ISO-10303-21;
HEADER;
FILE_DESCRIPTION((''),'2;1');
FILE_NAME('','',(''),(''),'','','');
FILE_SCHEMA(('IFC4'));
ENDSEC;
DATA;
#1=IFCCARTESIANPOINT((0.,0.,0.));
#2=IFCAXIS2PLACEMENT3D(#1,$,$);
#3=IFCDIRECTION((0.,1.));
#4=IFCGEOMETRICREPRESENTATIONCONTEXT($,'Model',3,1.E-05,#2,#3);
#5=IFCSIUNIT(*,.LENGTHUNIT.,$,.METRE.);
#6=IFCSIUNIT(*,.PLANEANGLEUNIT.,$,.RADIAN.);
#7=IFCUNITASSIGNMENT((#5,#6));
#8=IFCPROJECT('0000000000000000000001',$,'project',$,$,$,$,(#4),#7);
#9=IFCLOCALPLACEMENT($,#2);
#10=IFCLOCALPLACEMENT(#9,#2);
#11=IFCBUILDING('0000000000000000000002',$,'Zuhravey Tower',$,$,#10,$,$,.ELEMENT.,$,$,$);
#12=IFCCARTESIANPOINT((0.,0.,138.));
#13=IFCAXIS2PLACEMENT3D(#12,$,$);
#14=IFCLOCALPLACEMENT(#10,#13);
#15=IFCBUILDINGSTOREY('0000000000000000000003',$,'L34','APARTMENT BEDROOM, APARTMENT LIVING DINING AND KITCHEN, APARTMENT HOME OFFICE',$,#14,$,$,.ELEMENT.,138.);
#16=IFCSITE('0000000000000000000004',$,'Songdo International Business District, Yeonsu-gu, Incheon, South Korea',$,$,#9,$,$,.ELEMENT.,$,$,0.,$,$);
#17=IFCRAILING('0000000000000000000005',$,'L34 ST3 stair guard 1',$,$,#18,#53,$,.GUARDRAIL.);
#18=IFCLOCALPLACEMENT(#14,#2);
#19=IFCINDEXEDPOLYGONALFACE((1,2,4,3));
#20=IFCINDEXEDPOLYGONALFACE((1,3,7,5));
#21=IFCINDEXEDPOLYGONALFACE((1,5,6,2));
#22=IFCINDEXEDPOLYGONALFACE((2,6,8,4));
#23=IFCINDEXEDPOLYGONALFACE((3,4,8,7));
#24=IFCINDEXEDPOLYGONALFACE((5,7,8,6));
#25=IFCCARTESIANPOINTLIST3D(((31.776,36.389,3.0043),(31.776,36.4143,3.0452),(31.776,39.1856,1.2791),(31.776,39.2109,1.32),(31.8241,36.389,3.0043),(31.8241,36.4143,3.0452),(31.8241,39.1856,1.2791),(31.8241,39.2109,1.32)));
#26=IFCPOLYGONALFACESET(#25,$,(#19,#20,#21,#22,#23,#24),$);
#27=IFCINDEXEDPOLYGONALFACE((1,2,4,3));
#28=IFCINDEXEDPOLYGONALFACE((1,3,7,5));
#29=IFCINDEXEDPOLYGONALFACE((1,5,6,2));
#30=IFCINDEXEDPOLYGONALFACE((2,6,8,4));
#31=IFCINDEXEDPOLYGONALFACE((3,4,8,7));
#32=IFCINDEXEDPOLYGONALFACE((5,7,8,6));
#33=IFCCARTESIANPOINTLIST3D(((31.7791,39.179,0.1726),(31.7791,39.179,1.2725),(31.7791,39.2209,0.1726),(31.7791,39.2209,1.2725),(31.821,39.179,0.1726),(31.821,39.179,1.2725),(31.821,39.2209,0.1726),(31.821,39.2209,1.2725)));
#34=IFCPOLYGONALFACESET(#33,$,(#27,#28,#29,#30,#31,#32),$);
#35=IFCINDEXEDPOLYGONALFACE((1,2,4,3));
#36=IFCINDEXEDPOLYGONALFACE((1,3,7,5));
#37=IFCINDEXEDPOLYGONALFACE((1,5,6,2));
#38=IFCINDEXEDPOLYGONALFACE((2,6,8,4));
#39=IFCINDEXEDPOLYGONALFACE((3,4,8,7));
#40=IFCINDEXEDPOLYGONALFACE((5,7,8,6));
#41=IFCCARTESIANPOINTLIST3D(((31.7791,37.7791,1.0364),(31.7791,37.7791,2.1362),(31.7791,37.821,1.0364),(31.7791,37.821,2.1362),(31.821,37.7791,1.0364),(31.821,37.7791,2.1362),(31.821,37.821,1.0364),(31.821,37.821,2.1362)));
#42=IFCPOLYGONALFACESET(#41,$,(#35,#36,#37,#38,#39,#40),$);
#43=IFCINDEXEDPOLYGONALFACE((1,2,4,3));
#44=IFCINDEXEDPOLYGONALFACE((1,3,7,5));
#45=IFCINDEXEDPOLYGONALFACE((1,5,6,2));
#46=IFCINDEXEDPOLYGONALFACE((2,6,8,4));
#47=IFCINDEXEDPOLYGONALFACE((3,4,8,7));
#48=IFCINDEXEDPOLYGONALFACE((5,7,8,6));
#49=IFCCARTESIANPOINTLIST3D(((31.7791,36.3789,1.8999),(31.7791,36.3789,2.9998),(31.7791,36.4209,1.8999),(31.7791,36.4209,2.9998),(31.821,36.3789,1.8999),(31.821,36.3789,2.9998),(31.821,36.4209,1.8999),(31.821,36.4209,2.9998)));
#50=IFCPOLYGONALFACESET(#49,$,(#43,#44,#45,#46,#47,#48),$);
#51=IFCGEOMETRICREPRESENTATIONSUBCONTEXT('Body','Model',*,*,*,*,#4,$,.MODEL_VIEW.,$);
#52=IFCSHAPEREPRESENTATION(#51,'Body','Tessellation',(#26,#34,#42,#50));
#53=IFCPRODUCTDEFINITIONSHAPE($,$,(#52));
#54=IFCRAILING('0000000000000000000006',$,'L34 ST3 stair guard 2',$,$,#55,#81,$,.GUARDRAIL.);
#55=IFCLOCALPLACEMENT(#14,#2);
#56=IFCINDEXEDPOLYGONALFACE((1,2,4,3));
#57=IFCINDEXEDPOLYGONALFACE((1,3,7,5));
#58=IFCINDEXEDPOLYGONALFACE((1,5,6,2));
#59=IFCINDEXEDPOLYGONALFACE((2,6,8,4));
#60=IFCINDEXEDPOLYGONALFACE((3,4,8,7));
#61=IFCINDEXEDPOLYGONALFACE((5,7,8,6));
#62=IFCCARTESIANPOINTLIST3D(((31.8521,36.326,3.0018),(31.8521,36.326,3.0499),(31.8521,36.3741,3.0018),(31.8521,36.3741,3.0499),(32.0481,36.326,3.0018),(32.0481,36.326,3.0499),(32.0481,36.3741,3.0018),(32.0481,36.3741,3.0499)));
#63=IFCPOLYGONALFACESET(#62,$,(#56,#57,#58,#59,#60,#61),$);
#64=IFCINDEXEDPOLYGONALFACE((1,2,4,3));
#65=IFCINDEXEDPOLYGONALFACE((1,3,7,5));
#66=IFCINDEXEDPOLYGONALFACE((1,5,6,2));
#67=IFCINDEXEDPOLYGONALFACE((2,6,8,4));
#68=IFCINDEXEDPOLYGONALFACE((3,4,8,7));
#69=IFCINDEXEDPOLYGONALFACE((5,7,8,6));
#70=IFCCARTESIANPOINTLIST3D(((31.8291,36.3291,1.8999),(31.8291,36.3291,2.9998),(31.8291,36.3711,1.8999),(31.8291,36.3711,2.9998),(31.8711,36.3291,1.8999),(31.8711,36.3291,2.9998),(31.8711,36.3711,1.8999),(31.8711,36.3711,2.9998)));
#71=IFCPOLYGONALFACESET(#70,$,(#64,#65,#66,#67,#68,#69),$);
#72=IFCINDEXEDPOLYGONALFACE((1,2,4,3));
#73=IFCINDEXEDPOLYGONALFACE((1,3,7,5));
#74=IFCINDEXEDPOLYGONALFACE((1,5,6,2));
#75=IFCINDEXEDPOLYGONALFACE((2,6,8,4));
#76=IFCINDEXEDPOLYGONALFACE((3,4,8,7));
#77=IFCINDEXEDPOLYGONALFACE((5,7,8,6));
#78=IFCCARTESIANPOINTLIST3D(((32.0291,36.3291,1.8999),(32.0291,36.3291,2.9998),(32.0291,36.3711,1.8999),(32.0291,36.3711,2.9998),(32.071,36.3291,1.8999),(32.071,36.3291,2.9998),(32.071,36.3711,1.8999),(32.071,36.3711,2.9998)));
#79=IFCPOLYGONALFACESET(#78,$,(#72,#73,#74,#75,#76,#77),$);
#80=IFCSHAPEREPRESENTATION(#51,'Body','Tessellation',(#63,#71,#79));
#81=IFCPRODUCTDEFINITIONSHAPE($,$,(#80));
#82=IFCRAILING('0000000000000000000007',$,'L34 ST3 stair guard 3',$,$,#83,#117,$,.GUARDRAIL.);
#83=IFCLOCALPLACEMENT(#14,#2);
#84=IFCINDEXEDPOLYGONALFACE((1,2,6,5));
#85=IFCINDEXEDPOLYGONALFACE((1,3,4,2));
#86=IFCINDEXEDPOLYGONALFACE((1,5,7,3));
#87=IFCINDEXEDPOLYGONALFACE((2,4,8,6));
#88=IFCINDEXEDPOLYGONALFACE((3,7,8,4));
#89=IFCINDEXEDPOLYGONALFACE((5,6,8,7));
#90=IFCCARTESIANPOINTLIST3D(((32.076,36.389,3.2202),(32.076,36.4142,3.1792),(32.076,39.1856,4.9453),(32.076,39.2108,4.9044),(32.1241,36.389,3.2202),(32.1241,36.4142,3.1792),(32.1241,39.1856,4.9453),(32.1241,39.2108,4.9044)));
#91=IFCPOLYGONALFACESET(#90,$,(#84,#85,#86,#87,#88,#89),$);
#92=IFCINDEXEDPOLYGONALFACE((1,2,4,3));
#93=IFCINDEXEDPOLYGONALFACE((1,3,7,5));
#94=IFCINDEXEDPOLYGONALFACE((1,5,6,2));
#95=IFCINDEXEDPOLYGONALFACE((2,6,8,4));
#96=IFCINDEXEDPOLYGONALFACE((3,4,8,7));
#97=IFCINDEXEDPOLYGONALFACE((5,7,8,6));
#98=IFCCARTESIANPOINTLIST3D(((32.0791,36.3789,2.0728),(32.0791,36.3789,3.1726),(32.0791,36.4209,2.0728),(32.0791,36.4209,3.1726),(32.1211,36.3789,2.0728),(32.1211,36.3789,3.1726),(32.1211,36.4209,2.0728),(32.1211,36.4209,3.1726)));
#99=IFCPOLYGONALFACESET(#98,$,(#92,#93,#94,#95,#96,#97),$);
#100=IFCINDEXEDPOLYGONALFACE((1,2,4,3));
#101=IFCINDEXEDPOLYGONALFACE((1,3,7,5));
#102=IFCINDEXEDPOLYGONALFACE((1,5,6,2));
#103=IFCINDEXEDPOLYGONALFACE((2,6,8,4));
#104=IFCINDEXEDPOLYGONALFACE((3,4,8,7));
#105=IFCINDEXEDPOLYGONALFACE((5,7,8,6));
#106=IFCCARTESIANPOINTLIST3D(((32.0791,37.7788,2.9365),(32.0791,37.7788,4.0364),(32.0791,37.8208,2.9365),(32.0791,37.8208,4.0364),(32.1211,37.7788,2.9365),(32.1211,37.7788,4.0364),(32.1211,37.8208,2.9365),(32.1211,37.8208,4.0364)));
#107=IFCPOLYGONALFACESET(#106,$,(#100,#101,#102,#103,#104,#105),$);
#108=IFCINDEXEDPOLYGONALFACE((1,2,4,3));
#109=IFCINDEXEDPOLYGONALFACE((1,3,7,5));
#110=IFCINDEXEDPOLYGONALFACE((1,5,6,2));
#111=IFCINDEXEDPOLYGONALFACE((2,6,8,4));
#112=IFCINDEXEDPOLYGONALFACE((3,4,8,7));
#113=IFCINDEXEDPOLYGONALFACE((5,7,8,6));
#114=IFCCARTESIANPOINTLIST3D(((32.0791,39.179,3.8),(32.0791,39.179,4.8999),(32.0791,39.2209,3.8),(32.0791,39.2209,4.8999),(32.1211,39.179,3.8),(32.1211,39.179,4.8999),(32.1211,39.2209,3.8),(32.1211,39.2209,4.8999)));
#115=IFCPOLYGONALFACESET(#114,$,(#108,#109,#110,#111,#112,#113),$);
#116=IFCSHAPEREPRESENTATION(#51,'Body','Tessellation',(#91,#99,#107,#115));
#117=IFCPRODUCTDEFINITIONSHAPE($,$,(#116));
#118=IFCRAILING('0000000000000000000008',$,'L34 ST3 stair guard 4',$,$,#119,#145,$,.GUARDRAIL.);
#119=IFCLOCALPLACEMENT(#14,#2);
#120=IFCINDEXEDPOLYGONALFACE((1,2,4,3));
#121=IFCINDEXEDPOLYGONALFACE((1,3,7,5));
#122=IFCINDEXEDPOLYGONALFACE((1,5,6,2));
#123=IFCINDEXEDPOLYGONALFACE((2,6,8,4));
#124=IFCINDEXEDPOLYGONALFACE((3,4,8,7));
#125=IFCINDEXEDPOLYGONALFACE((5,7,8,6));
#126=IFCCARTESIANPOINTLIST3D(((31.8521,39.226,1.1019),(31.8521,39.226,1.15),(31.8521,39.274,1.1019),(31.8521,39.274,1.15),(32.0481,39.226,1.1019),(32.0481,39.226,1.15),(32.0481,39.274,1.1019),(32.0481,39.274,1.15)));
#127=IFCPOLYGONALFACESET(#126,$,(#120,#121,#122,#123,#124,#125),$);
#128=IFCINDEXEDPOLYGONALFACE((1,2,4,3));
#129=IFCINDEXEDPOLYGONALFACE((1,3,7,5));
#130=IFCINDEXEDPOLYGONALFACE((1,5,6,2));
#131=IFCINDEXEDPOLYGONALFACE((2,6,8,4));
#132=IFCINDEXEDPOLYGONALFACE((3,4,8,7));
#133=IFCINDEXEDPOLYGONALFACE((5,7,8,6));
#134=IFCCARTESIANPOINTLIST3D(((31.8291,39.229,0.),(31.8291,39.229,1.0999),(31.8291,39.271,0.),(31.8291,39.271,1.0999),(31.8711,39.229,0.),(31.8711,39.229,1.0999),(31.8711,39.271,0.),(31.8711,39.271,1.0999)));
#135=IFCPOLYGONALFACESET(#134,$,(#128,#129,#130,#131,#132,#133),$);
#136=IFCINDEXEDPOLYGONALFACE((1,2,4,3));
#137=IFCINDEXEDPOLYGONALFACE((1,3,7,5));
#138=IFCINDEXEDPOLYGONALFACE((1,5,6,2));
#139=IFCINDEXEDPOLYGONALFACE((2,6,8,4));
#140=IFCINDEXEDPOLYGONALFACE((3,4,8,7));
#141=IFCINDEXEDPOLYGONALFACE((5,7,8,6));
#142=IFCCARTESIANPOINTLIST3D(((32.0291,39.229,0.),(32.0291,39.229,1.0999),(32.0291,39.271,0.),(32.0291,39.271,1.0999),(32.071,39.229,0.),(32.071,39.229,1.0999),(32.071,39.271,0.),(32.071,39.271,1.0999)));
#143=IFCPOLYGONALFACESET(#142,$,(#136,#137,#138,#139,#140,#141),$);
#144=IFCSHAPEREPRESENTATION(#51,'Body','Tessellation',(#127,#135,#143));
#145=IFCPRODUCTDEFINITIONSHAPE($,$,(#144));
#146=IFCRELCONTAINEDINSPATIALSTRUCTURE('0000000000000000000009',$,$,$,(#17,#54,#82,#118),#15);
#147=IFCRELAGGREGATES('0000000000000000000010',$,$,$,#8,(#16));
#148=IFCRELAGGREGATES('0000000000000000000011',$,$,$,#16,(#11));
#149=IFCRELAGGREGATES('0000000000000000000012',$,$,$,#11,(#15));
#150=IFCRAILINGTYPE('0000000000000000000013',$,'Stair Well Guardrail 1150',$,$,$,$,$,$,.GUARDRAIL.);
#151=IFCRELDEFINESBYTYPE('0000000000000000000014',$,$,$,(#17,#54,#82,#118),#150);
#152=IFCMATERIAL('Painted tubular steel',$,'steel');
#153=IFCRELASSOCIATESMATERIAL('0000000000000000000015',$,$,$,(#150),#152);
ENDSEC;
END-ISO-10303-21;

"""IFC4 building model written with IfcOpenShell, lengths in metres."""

from ifc_helpers import new_model, si_unit, direction, frame, origin, origin_2d, place, context, subcontext, project, spatial, rectangle, extrude, material, type_object, element, save


model = new_model("IFC4")

# Units and contexts
model_context = context("Model", 3, precision=1e-05, world=origin(), true_north=direction((0.0, 1.0)))
body_context = subcontext(model_context, "Body", "Model", "MODEL_VIEW")
ifc_project = project(units=[si_unit("LENGTHUNIT", "METRE"), si_unit("PLANEANGLEUNIT", "RADIAN")], contexts=[model_context])

# Site, building, storey
site_placement = place(None, origin())
site = spatial("IfcSite", under=ifc_project, at=site_placement, Name="Songdo International Business District, Yeonsu-gu, Incheon, South Korea", CompositionType="ELEMENT", RefElevation=0.0)
building_placement = place(site_placement, origin())
building = spatial("IfcBuilding", under=site, at=building_placement, Name="Zuhravey Tower", CompositionType="ELEMENT")
storey_placement = place(building_placement, frame((0.0, 0.0, 138.0)))
storey = spatial("IfcBuildingStorey", under=building, at=storey_placement, Name="L34", Description="APARTMENT BEDROOM, APARTMENT LIVING DINING AND KITCHEN, APARTMENT HOME OFFICE", CompositionType="ELEMENT", Elevation=138.0)

# Railings
ifc_material_1 = material(Name="Painted tubular steel", Category="steel")
railing_type_1 = type_object("IfcRailingType", Name="Stair Well Guardrail 1150", PredefinedType="GUARDRAIL", material=ifc_material_1)
railing_1_placement = place(storey_placement, frame((31.8, 39.2, 0.1726)))
element("IfcRailing", 1, at=railing_1_placement, inside=storey, type_object=railing_type_1, Name="L34 ST3 stair guard 1", PredefinedType="GUARDRAIL", context=body_context, shape_type="SweptSolid", body=[
    extrude(rectangle(XDim=0.0481, YDim=0.0481, at=origin_2d()), frame((0.0, -0.0017, 1.127), z_axis=(0.0, -0.85109, 0.52502), x_axis=(1.0, 0.0, 0.0)), (0.0, 0.0, 1.0), 3.2859),
    extrude(rectangle(XDim=0.042, YDim=0.042, at=origin_2d()), origin(), (0.0, 0.0, 1.0), 1.0999),
    extrude(rectangle(XDim=0.042, YDim=0.042, at=origin_2d()), frame((0.0, -1.3999, 0.8638)), (0.0, 0.0, 1.0), 1.0999),
    extrude(rectangle(XDim=0.042, YDim=0.042, at=origin_2d()), frame((0.0, -2.8, 1.7273)), (0.0, 0.0, 1.0), 1.0999),
])
railing_2_placement = place(storey_placement, frame((31.8501, 36.3501, 1.8999)))
element("IfcRailing", 2, at=railing_2_placement, inside=storey, type_object=railing_type_1, Name="L34 ST3 stair guard 2", PredefinedType="GUARDRAIL", context=body_context, shape_type="SweptSolid", body=[
    extrude(rectangle(XDim=0.0481, YDim=0.0481, at=origin_2d()), frame((0.002, 0.0, 1.126), z_axis=(1.0, 0.0, 0.0), x_axis=(0.0, 1.0, 0.0)), (0.0, 0.0, 1.0), 0.196),
    extrude(rectangle(XDim=0.042, YDim=0.042, at=origin_2d()), origin(), (0.0, 0.0, 1.0), 1.0999),
    extrude(rectangle(XDim=0.042, YDim=0.042, at=origin_2d()), frame((0.2, 0.0, 0.0)), (0.0, 0.0, 1.0), 1.0999),
])
railing_3_placement = place(storey_placement, frame((32.1001, 36.3999, 2.0728)))
element("IfcRailing", 3, at=railing_3_placement, inside=storey, type_object=railing_type_1, Name="L34 ST3 stair guard 3", PredefinedType="GUARDRAIL", context=body_context, shape_type="SweptSolid", body=[
    extrude(rectangle(XDim=0.0481, YDim=0.0481, at=origin_2d()), frame((0.0, 0.0017, 1.127), z_axis=(0.0, 0.85109, 0.52502), x_axis=(-1.0, 0.0, 0.0)), (0.0, 0.0, 1.0), 3.2859),
    extrude(rectangle(XDim=0.042, YDim=0.042, at=origin_2d()), origin(), (0.0, 0.0, 1.0), 1.0999),
    extrude(rectangle(XDim=0.042, YDim=0.042, at=origin_2d()), frame((0.0, 1.3999, 0.8638)), (0.0, 0.0, 1.0), 1.0999),
    extrude(rectangle(XDim=0.042, YDim=0.042, at=origin_2d()), frame((0.0, 2.8, 1.7273)), (0.0, 0.0, 1.0), 1.0999),
])
railing_4_placement = place(storey_placement, frame((31.8501, 39.25, 0.0)))
element("IfcRailing", 4, at=railing_4_placement, inside=storey, type_object=railing_type_1, Name="L34 ST3 stair guard 4", PredefinedType="GUARDRAIL", context=body_context, shape_type="SweptSolid", body=[
    extrude(rectangle(XDim=0.0481, YDim=0.0481, at=origin_2d()), frame((0.002, 0.0, 1.126), z_axis=(1.0, 0.0, 0.0), x_axis=(0.0, 1.0, 0.0)), (0.0, 0.0, 1.0), 0.196),
    extrude(rectangle(XDim=0.042, YDim=0.042, at=origin_2d()), origin(), (0.0, 0.0, 1.0), 1.0999),
    extrude(rectangle(XDim=0.042, YDim=0.042, at=origin_2d()), frame((0.2, 0.0, 0.0)), (0.0, 0.0, 1.0), 1.0999),
])

save(model, "model.ifc")
